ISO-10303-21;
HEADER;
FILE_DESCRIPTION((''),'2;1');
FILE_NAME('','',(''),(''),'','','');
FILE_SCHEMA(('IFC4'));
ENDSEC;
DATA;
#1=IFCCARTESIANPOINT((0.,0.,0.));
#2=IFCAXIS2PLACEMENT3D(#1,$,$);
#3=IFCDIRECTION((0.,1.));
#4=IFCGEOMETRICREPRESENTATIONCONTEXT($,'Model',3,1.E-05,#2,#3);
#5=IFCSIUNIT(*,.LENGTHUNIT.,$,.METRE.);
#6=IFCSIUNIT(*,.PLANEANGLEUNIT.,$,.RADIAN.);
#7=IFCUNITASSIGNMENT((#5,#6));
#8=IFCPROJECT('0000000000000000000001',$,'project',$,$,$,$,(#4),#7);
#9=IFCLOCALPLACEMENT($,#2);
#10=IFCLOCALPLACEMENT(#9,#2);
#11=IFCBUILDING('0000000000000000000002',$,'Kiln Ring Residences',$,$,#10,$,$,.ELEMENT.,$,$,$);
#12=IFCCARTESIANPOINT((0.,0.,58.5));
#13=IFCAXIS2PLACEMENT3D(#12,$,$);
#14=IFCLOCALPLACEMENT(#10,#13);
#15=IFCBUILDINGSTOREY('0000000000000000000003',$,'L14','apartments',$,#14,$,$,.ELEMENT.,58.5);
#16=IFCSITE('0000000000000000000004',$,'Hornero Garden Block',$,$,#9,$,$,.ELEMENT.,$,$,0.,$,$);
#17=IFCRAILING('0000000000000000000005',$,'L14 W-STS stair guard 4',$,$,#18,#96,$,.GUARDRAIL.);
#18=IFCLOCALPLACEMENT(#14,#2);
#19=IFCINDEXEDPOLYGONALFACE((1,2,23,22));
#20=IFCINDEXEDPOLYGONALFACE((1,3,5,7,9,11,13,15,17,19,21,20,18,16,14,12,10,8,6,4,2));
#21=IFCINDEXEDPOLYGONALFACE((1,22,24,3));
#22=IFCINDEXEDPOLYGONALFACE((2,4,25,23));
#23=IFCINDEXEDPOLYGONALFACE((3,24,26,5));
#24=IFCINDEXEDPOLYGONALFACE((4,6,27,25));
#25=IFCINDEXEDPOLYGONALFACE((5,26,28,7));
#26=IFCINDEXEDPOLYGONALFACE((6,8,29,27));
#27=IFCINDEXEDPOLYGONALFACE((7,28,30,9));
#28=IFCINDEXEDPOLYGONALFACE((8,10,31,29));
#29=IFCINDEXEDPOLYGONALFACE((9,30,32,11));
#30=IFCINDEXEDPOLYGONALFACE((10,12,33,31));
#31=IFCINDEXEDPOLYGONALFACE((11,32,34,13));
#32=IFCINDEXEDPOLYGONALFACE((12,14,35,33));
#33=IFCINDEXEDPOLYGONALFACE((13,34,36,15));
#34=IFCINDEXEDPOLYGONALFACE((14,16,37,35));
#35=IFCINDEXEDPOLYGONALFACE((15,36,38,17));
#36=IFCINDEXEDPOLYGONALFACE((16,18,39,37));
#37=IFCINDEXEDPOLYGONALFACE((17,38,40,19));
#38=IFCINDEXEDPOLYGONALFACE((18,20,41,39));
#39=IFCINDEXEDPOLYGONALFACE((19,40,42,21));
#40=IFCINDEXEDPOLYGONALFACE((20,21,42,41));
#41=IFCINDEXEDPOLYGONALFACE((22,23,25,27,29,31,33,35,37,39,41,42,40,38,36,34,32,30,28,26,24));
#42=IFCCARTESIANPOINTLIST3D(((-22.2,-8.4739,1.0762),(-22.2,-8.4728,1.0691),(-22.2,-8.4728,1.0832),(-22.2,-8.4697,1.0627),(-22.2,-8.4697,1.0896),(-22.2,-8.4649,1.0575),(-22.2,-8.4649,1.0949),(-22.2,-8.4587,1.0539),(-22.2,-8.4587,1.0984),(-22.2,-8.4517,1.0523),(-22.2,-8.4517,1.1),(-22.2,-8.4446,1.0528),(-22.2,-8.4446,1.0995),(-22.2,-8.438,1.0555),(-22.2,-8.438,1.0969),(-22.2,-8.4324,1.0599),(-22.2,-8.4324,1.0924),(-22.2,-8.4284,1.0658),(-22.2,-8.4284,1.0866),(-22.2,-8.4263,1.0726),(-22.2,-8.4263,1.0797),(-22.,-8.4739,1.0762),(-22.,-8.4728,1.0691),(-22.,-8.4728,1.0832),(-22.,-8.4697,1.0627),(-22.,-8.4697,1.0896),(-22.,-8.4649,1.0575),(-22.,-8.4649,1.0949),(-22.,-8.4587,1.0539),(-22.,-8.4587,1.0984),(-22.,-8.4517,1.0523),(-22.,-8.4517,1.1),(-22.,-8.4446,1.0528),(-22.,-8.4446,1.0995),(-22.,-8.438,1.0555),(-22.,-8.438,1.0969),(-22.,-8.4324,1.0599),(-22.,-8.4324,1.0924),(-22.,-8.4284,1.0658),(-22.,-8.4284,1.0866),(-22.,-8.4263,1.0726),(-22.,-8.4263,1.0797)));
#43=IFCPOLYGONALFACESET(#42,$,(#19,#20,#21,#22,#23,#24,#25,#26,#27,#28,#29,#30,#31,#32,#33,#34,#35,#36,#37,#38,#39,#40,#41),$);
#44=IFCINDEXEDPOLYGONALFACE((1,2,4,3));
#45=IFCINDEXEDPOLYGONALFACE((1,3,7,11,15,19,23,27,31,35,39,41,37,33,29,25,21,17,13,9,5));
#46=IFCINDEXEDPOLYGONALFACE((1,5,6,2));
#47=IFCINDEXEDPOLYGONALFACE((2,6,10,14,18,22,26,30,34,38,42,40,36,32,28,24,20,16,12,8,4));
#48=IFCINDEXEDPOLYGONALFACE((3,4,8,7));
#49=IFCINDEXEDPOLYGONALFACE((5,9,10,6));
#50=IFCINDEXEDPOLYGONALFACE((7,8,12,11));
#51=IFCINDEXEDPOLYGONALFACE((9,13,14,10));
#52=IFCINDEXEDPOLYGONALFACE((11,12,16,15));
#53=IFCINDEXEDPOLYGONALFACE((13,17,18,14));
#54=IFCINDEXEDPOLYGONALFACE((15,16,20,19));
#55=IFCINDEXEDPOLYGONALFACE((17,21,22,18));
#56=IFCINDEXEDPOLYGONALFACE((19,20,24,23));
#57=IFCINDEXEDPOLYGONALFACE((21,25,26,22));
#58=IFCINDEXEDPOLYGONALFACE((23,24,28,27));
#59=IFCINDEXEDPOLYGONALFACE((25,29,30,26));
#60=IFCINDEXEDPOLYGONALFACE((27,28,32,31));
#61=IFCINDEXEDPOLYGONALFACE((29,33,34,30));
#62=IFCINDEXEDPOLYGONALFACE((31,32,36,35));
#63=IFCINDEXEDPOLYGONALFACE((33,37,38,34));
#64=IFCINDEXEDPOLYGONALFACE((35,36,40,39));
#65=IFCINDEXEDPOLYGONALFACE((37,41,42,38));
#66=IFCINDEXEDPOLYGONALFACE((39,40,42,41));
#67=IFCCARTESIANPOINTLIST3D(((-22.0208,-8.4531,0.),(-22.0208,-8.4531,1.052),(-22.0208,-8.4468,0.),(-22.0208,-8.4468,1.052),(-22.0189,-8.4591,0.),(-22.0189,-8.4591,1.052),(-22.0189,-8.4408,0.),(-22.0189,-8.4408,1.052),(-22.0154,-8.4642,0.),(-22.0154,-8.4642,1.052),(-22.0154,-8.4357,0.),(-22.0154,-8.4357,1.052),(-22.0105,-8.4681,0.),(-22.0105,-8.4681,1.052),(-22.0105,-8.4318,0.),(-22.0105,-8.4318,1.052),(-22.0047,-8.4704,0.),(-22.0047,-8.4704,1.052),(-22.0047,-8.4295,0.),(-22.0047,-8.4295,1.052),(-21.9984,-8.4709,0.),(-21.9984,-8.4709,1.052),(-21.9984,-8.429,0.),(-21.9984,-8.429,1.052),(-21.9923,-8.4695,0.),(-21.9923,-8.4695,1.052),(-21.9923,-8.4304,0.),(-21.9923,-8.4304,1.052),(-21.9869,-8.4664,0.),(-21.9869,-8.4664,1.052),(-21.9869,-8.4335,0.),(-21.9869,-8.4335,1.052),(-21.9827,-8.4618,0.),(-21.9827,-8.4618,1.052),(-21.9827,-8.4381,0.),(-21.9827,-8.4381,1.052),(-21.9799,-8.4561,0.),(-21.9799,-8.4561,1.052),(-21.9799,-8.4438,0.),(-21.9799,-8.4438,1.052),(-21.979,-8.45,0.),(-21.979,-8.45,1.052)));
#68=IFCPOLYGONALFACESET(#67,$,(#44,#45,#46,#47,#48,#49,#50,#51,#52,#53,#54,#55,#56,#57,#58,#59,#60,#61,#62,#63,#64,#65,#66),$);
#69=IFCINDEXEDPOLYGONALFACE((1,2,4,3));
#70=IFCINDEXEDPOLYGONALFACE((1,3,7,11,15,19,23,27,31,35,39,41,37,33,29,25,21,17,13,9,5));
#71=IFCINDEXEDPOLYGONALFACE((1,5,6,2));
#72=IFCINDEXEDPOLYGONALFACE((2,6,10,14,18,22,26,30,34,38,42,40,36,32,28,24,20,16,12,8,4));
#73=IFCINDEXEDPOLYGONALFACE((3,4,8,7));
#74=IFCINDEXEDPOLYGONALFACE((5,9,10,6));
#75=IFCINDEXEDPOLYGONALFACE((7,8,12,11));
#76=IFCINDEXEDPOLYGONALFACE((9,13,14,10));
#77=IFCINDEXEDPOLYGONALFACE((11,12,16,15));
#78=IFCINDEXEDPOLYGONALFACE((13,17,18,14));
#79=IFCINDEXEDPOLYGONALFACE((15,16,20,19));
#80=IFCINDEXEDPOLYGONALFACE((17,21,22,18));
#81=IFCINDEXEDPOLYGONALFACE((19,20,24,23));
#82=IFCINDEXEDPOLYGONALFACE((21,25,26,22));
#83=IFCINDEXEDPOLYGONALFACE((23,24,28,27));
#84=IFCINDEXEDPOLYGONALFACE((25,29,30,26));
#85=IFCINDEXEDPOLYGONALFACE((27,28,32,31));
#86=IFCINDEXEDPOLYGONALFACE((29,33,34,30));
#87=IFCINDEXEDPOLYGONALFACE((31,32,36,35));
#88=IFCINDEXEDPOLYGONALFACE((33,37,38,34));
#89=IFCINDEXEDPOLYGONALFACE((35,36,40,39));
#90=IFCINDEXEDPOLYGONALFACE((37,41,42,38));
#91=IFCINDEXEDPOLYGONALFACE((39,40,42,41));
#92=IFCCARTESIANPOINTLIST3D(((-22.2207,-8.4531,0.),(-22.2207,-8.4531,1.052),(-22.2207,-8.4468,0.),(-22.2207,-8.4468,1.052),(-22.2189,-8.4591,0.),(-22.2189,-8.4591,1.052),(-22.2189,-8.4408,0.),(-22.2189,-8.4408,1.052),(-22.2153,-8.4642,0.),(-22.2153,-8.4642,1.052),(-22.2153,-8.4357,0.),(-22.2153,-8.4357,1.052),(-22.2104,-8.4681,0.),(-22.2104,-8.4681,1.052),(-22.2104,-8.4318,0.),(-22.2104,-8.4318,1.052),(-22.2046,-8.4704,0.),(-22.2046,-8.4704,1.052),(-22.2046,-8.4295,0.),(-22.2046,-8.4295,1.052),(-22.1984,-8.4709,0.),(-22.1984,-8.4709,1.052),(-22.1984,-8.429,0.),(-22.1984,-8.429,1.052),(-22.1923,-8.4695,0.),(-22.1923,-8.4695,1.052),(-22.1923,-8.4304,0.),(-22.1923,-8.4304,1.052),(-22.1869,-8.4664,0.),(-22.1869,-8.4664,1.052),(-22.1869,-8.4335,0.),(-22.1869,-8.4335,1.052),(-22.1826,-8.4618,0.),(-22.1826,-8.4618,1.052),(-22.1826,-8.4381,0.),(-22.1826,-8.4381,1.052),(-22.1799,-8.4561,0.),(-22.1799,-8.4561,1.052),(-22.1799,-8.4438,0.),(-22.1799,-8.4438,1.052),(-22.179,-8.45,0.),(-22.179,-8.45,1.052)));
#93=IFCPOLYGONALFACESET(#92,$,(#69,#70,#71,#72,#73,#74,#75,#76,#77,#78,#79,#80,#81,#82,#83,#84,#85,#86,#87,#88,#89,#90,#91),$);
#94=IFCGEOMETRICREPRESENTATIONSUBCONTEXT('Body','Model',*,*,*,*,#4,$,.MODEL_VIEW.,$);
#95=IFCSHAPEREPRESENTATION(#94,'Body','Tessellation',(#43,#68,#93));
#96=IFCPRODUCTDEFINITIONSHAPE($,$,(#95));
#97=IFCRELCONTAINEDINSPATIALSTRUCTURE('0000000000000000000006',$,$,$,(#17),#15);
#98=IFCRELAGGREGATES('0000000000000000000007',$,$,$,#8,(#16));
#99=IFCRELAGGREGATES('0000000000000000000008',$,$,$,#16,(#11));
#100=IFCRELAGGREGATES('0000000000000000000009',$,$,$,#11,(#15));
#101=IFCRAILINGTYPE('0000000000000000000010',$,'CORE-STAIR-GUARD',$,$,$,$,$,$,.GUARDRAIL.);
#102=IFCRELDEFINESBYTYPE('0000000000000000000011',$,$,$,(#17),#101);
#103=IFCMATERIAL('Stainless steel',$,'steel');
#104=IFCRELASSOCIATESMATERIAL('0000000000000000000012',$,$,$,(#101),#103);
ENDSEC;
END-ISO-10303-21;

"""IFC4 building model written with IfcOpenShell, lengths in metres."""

from ifc_helpers import new_model, si_unit, direction, frame, origin, origin_2d, place, context, subcontext, project, spatial, circle, extrude, material, type_object, element, save


model = new_model("IFC4")

# Units and contexts
model_context = context("Model", 3, precision=1e-05, world=origin(), true_north=direction((0.0, 1.0)))
body_context = subcontext(model_context, "Body", "Model", "MODEL_VIEW")
ifc_project = project(units=[si_unit("LENGTHUNIT", "METRE"), si_unit("PLANEANGLEUNIT", "RADIAN")], contexts=[model_context])

# Site, building, storey
site_placement = place(None, origin())
site = spatial("IfcSite", under=ifc_project, at=site_placement, Name="Hornero Garden Block", CompositionType="ELEMENT", RefElevation=0.0)
building_placement = place(site_placement, origin())
building = spatial("IfcBuilding", under=site, at=building_placement, Name="Kiln Ring Residences", CompositionType="ELEMENT")
storey_placement = place(building_placement, frame((0.0, 0.0, 58.5)))
storey = spatial("IfcBuildingStorey", under=building, at=storey_placement, Name="L14", Description="apartments", CompositionType="ELEMENT", Elevation=58.5)

# Railing
ifc_material_1 = material(Name="Stainless steel", Category="steel")
railing_type_1 = type_object("IfcRailingType", Name="CORE-STAIR-GUARD", PredefinedType="GUARDRAIL", material=ifc_material_1)
railing_1_placement = place(storey_placement, frame((-22.0, -8.45, 0.0)))
element("IfcRailing", 1, at=railing_1_placement, inside=storey, type_object=railing_type_1, Name="L14 W-STS stair guard 4", PredefinedType="GUARDRAIL", context=body_context, shape_type="SweptSolid", body=[
    extrude(circle(Radius=0.0239, at=origin_2d()), frame((0.0, 0.0, 1.0762), z_axis=(-1.0, 0.0, 0.0), x_axis=(0.0, -1.0, 0.0)), (0.0, 0.0, 1.0), 0.2),
    extrude(circle(Radius=0.021, at=origin_2d()), origin(), (0.0, 0.0, 1.0), 1.052),
    extrude(circle(Radius=0.021, at=origin_2d()), frame((-0.2, 0.0, 0.0)), (0.0, 0.0, 1.0), 1.052),
])

save(model, "model.ifc")
